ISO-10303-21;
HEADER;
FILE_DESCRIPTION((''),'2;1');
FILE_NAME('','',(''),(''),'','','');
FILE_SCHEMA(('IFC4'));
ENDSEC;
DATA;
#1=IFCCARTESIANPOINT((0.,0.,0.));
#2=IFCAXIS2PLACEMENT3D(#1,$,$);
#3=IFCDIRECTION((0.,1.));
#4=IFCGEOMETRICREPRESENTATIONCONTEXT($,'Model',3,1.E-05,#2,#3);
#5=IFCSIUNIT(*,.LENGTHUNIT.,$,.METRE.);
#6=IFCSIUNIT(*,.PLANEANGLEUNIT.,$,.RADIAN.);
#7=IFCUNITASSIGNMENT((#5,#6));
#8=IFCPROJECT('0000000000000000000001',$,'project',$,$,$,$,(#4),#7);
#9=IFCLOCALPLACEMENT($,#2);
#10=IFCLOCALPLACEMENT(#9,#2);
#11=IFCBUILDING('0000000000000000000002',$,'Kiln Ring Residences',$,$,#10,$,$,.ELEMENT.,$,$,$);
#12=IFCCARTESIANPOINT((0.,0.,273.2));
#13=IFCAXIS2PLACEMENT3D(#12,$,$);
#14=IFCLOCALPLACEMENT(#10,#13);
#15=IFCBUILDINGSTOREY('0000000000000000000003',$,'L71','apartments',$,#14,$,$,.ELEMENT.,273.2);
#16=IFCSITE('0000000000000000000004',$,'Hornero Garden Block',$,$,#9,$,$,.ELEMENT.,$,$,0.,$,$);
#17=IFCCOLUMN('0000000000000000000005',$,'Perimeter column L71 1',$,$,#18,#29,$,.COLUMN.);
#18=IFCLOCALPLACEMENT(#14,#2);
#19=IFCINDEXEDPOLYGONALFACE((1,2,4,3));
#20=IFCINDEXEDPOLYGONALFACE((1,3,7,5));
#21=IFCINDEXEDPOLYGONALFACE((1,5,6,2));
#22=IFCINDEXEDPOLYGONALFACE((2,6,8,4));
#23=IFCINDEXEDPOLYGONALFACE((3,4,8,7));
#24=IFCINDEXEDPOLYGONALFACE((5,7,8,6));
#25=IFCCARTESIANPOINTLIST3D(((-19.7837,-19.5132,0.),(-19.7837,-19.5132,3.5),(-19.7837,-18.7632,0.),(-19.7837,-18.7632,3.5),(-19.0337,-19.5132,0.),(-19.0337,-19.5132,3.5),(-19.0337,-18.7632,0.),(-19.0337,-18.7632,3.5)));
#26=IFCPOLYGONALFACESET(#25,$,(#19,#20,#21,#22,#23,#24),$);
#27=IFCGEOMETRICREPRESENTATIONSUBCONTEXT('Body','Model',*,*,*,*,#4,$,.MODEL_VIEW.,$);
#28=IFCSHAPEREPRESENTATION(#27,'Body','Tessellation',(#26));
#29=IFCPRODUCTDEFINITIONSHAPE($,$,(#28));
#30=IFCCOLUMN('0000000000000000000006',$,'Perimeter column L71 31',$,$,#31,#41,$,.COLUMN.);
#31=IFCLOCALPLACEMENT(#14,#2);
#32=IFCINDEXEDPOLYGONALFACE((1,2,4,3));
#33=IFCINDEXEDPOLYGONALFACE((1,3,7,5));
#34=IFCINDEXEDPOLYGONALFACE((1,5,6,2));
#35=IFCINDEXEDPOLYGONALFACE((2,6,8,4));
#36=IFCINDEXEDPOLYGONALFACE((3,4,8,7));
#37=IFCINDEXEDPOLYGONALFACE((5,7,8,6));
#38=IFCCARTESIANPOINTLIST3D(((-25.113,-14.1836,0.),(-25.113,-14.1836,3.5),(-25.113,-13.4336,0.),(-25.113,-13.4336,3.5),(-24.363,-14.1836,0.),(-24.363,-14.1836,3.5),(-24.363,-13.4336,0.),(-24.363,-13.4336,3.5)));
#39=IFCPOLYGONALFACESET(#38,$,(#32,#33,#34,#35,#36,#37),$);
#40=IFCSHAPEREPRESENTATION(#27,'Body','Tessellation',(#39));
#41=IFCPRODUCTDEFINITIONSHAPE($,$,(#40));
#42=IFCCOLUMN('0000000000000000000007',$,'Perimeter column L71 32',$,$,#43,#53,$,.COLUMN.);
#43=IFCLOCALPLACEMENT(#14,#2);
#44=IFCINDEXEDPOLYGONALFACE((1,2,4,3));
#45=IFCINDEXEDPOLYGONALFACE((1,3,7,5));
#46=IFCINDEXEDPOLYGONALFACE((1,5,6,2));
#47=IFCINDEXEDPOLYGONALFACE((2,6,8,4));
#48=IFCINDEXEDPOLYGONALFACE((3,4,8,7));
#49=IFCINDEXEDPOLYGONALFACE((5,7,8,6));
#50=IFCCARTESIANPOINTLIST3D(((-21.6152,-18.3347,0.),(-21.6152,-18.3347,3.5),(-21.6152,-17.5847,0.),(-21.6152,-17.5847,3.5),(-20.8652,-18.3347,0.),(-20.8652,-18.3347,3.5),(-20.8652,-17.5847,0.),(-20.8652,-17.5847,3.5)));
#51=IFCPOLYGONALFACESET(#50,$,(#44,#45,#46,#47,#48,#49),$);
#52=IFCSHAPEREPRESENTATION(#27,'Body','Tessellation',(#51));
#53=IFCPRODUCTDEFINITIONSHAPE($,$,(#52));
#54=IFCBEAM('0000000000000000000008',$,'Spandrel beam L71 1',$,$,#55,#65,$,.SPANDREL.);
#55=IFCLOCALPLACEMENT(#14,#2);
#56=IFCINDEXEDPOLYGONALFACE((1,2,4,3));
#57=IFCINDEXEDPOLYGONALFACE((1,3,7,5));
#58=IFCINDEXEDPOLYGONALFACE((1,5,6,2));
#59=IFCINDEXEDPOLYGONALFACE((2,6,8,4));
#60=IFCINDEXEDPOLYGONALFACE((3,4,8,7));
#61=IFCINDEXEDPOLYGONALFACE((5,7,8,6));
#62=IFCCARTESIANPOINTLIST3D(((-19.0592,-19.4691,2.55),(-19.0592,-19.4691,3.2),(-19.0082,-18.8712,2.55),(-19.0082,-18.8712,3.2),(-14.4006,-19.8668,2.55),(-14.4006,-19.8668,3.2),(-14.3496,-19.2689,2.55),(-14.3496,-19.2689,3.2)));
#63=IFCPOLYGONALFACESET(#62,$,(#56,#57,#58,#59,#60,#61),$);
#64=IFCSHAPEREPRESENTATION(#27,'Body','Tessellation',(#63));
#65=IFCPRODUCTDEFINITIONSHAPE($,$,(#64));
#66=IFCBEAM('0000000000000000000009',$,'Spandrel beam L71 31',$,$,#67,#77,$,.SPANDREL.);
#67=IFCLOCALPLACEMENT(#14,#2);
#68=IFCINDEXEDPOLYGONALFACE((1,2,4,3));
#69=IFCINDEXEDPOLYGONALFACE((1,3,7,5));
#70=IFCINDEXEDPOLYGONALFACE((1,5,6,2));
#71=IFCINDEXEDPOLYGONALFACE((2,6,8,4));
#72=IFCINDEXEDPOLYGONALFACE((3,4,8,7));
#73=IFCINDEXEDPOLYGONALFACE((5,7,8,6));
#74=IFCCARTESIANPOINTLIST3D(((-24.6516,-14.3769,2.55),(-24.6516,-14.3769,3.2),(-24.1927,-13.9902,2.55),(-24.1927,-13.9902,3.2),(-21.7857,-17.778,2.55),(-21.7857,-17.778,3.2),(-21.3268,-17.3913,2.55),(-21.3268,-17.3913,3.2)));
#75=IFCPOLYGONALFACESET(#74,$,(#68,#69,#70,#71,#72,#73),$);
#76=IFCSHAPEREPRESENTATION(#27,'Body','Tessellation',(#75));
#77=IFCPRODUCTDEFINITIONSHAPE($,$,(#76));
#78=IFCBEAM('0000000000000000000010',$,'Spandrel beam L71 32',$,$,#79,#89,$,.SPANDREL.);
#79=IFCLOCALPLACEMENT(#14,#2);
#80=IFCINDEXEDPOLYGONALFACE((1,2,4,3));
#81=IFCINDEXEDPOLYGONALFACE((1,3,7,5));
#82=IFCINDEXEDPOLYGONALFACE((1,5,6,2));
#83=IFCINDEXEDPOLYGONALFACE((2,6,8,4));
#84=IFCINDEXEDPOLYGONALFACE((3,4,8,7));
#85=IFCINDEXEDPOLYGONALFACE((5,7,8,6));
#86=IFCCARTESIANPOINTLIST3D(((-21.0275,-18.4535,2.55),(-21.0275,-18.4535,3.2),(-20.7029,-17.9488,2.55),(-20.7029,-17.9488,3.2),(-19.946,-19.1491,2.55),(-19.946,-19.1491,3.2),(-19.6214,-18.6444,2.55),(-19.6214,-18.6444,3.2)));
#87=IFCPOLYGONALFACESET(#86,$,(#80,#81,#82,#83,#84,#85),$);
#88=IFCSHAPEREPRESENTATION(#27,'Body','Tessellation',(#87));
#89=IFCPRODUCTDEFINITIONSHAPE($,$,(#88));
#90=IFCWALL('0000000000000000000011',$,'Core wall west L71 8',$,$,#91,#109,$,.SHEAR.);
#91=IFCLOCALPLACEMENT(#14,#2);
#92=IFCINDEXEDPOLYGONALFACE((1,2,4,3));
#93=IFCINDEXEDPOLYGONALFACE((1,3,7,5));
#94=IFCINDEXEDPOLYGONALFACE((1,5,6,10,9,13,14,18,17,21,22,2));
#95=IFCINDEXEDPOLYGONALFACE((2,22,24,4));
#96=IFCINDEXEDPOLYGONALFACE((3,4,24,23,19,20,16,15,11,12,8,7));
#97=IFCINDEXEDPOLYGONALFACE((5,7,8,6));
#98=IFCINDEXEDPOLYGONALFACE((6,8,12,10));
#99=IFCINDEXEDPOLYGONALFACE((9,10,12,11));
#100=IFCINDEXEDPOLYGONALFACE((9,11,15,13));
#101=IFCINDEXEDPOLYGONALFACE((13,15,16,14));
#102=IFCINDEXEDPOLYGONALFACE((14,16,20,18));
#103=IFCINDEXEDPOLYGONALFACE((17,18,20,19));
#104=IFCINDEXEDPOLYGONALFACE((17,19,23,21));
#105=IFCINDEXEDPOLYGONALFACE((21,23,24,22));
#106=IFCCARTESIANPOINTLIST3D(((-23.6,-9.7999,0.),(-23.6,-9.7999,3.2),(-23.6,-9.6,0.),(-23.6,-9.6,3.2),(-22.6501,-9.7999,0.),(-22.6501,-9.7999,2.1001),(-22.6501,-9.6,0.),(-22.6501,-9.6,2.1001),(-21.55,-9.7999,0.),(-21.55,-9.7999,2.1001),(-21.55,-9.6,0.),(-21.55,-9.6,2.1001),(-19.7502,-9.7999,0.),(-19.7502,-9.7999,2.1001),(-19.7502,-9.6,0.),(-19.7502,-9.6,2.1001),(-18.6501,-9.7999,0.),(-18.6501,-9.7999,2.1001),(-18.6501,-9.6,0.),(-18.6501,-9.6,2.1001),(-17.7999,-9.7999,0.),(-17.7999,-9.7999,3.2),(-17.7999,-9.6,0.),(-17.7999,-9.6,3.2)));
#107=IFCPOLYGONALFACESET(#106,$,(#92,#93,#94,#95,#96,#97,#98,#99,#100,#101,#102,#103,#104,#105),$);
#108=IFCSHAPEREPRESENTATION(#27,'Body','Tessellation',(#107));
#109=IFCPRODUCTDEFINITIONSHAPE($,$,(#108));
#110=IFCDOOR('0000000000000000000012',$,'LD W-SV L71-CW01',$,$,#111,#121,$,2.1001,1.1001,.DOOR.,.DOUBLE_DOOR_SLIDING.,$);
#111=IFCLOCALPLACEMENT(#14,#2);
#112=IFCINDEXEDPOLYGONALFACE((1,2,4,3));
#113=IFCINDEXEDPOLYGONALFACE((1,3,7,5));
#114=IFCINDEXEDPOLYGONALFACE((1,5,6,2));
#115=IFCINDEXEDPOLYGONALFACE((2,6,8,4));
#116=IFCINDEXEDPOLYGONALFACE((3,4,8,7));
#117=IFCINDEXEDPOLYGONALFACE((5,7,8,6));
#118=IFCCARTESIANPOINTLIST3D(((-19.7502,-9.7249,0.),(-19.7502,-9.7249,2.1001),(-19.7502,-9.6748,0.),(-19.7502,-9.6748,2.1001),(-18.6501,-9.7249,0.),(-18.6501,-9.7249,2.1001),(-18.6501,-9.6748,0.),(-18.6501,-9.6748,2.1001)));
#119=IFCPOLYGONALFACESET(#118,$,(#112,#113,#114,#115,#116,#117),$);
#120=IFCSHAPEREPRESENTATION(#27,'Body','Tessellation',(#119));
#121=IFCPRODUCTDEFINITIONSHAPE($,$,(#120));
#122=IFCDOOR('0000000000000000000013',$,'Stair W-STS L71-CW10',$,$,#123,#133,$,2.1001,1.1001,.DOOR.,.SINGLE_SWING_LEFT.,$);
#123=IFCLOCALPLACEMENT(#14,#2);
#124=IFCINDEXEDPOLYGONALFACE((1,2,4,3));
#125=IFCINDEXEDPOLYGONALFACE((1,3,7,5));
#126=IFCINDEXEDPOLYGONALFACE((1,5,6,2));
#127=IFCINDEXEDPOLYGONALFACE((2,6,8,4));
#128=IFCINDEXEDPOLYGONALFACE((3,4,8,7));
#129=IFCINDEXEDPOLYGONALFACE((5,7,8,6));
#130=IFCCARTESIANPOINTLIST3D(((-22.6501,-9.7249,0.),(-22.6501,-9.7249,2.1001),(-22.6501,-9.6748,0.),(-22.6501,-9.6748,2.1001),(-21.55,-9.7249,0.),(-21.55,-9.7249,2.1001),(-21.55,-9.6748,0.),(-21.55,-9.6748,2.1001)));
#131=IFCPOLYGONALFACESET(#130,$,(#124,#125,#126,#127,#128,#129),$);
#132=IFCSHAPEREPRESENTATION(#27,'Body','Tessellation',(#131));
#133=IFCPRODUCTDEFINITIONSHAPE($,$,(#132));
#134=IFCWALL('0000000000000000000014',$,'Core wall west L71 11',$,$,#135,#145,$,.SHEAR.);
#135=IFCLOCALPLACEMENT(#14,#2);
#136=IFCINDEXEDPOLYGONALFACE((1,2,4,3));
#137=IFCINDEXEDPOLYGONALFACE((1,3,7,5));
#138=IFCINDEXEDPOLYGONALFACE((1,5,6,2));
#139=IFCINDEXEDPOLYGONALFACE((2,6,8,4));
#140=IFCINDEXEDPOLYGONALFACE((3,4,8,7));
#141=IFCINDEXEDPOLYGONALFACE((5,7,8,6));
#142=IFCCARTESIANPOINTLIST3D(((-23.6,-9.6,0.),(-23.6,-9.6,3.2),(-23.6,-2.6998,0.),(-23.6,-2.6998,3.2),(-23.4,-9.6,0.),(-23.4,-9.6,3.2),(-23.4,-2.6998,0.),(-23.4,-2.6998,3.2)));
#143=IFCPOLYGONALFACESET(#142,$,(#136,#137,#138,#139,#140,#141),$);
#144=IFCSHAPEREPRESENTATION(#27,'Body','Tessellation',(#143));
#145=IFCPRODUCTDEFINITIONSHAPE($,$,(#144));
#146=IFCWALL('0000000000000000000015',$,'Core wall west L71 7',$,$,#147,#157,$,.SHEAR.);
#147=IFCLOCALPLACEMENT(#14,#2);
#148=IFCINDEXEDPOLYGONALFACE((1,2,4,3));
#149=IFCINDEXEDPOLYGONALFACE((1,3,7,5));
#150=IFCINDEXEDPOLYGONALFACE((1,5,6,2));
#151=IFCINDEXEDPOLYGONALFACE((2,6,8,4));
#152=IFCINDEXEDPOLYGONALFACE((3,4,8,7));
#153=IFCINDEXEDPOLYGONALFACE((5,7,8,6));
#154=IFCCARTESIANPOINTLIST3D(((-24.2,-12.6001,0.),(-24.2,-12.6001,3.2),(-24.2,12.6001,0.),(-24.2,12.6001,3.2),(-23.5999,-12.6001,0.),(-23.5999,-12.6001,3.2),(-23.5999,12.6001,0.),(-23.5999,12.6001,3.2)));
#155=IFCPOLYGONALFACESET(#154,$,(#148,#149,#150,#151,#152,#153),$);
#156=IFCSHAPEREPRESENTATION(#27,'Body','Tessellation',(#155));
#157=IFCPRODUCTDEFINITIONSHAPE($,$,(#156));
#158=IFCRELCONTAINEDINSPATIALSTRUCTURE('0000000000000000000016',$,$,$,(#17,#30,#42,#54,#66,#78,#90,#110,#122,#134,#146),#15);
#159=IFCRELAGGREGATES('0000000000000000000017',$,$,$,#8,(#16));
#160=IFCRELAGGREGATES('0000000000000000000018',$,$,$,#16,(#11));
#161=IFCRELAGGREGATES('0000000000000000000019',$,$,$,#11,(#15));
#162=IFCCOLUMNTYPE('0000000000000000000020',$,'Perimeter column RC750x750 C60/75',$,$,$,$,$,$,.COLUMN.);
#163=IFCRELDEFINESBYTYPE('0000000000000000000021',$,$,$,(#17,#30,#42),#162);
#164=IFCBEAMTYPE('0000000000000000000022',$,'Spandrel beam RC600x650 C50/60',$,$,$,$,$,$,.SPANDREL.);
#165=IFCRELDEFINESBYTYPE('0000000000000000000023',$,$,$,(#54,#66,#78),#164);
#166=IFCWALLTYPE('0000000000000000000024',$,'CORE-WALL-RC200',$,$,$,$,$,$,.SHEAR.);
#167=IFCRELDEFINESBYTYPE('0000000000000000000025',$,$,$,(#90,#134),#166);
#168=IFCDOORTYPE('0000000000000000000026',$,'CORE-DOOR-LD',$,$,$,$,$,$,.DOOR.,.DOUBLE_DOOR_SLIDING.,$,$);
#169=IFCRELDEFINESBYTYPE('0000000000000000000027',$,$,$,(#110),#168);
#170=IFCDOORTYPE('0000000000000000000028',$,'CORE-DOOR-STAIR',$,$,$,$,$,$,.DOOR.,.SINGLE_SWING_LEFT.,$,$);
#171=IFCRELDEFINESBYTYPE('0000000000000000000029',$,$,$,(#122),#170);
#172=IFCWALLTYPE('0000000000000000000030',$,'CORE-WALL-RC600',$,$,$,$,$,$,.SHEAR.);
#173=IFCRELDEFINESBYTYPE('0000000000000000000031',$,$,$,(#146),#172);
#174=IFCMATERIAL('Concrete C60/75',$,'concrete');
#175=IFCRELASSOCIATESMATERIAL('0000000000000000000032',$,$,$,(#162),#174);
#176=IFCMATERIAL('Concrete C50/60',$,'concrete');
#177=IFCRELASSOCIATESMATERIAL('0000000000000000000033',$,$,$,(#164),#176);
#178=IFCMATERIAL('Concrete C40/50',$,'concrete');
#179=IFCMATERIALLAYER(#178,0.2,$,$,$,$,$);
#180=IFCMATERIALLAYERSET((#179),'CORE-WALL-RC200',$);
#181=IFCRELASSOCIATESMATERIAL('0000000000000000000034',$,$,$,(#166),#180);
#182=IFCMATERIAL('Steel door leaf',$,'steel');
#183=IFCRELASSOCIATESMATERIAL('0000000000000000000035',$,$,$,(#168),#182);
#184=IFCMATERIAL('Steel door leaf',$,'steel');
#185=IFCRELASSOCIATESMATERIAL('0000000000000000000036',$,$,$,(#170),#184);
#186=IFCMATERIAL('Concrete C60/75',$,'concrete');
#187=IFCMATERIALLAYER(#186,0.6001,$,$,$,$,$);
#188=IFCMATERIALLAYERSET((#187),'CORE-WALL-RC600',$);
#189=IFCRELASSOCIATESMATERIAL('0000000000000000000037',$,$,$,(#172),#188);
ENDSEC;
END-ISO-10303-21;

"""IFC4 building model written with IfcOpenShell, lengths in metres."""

from ifc_helpers import new_model, si_unit, direction, frame, frame_2d, origin, origin_2d, place, context, subcontext, project, spatial, rectangle, extrude, material, layer, layer_set, material_profile, profile_set, type_object, element, fill, save


model = new_model("IFC4")

# Units and contexts
model_context = context("Model", 3, precision=1e-05, world=origin(), true_north=direction((0.0, 1.0)))
body_context = subcontext(model_context, "Body", "Model", "MODEL_VIEW")
ifc_project = project(units=[si_unit("LENGTHUNIT", "METRE"), si_unit("PLANEANGLEUNIT", "RADIAN")], contexts=[model_context])

# Site, building, storey
site_placement = place(None, origin())
site = spatial("IfcSite", under=ifc_project, at=site_placement, Name="Hornero Garden Block", CompositionType="ELEMENT", RefElevation=0.0)
building_placement = place(site_placement, origin())
building = spatial("IfcBuilding", under=site, at=building_placement, Name="Kiln Ring Residences", CompositionType="ELEMENT")
storey_placement = place(building_placement, frame((0.0, 0.0, 273.2)))
storey = spatial("IfcBuildingStorey", under=building, at=storey_placement, Name="L71", Description="apartments", CompositionType="ELEMENT", Elevation=273.2)

# Columns
ifc_material_1 = material(Name="Concrete C60/75", Category="concrete")
ifc_material_profile_1 = material_profile(ifc_material_1, rectangle(XDim=0.75, YDim=0.75, at=origin_2d()), Name="RC750x750")
ifc_profile_set_1 = profile_set([ifc_material_profile_1], Name="Concrete C60/75")
column_type = type_object("IfcColumnType", Name="Perimeter column RC750x750 C60/75", PredefinedType="COLUMN", material=ifc_profile_set_1)
for number, where, z_axis, x_axis, name in (
    (1, (-19.4087, -19.1382, 0.0), (0.0, 0.0, 1.0), (1.0, 0.0, 0.0), "Perimeter column L71 1"),
    (2, (-24.738, -13.8086, 0.0), (0.0, 0.0, 1.0), (1.0, 0.0, 0.0), "Perimeter column L71 31"),
    (3, (-21.2402, -17.9597, 0.0), (0.0, 0.0, 1.0), (1.0, 0.0, 0.0), "Perimeter column L71 32"),
):
    element("IfcColumn", number, at=place(storey_placement, frame(where, z_axis=z_axis, x_axis=x_axis)), inside=storey, type_object=column_type, Name=name, PredefinedType="COLUMN", context=body_context, shape_type="SweptSolid", body=[
        extrude(rectangle(XDim=0.75, YDim=0.75, at=origin_2d()), origin(), (0.0, 0.0, 1.0), 3.5),
    ])

# Beams
ifc_material_2 = material(Name="Concrete C50/60", Category="concrete")
ifc_material_profile_2 = material_profile(ifc_material_2, rectangle(XDim=0.6001, YDim=0.6499, at=origin_2d()), Name="RC600x650")
ifc_profile_set_2 = profile_set([ifc_material_profile_2], Name="Concrete C50/60")
beam_type = type_object("IfcBeamType", Name="Spandrel beam RC600x650 C50/60", PredefinedType="SPANDREL", material=ifc_profile_set_2)
beam_1_placement = place(storey_placement, frame((-19.0337, -19.1702, 2.875), z_axis=(0.996376, -0.085059, 0.0), x_axis=(0.085059, 0.996376, 0.0)))
element("IfcBeam", 4, at=beam_1_placement, inside=storey, type_object=beam_type, Name="Spandrel beam L71 1", PredefinedType="SPANDREL", context=body_context, shape_type="SweptSolid", body=[
    extrude(rectangle(XDim=0.6001, YDim=0.6499, at=origin_2d()), origin(), (0.0, 0.0, 1.0), 4.6755),
])
beam_2_placement = place(storey_placement, frame((-24.4221, -14.1836, 2.875), z_axis=(0.644381, -0.764705, 0.0), x_axis=(0.764705, 0.644381, 0.0)))
element("IfcBeam", 5, at=beam_2_placement, inside=storey, type_object=beam_type, Name="Spandrel beam L71 31", PredefinedType="SPANDREL", context=body_context, shape_type="SweptSolid", body=[
    extrude(rectangle(XDim=0.6001, YDim=0.6499, at=origin_2d()), origin(), (0.0, 0.0, 1.0), 4.4475),
])
beam_3_placement = place(storey_placement, frame((-20.8652, -18.2012, 2.875), z_axis=(0.84108, -0.540911, 0.0), x_axis=(0.540911, 0.84108, 0.0)))
element("IfcBeam", 6, at=beam_3_placement, inside=storey, type_object=beam_type, Name="Spandrel beam L71 32", PredefinedType="SPANDREL", context=body_context, shape_type="SweptSolid", body=[
    extrude(rectangle(XDim=0.6001, YDim=0.6499, at=origin_2d()), origin(), (0.0, 0.0, 1.0), 1.2859),
])

# Wall, openings, doors
ifc_material_3 = material(Name="Concrete C40/50", Category="concrete")
ifc_layer_1 = layer(ifc_material_3, 0.2)
ifc_layer_set_1 = layer_set([ifc_layer_1], Name="CORE-WALL-RC200")
wall_type_1 = type_object("IfcWallType", Name="CORE-WALL-RC200", PredefinedType="SHEAR", material=ifc_layer_set_1)
wall_1_placement = place(storey_placement, frame((-17.8, -9.7, 0.0), z_axis=(0.0, 0.0, 1.0), x_axis=(-1.0, 0.0, 0.0)))
wall_1 = element("IfcWall", 7, at=wall_1_placement, inside=storey, type_object=wall_type_1, Name="Core wall west L71 8", PredefinedType="SHEAR", context=body_context, shape_type="SweptSolid", body=[
    extrude(rectangle(XDim=5.8, YDim=0.2, at=frame_2d((2.8999, 0.0))), origin(), (0.0, 0.0, 1.0), 3.2),
])
opening_1_placement = place(wall_1_placement, frame((0.8501, 0.0, 0.0)))
opening_1 = element("IfcOpeningElement", 8, at=opening_1_placement, cuts=wall_1, PredefinedType="OPENING", context=body_context, shape_type="SweptSolid", body=[
    extrude(rectangle(XDim=1.1001, YDim=2.1001, at=frame_2d((0.55, 1.05))), frame((0.0, 0.1099, 0.0), z_axis=(0.0, -1.0, 0.0), x_axis=(1.0, 0.0, 0.0)), (0.0, 0.0, 1.0), 0.22),
])
opening_2_placement = place(wall_1_placement, frame((3.75, 0.0, 0.0)))
opening_2 = element("IfcOpeningElement", 9, at=opening_2_placement, cuts=wall_1, PredefinedType="OPENING", context=body_context, shape_type="SweptSolid", body=[
    extrude(rectangle(XDim=1.1001, YDim=2.1001, at=frame_2d((0.55, 1.05))), frame((0.0, 0.1099, 0.0), z_axis=(0.0, -1.0, 0.0), x_axis=(1.0, 0.0, 0.0)), (0.0, 0.0, 1.0), 0.22),
])
ifc_material_4 = material(Name="Steel door leaf", Category="steel")
door_type_1 = type_object("IfcDoorType", Name="CORE-DOOR-LD", OperationType="DOUBLE_DOOR_SLIDING", PredefinedType="DOOR", material=ifc_material_4)
door_1_placement = place(opening_1_placement, origin())
door_1 = element("IfcDoor", 10, at=door_1_placement, inside=storey, type_object=door_type_1, Name="LD W-SV L71-CW01", OperationType="DOUBLE_DOOR_SLIDING", OverallHeight=2.1001, OverallWidth=1.1001, PredefinedType="DOOR", context=body_context, shape_type="SweptSolid", body=[
    extrude(rectangle(XDim=1.1001, YDim=2.1001, at=frame_2d((0.55, 1.05))), frame((0.0, 0.0249, 0.0), z_axis=(0.0, -1.0, 0.0), x_axis=(1.0, 0.0, 0.0)), (0.0, 0.0, 1.0), 0.05),
])
fill(opening_1, door_1)
ifc_material_5 = material(Name="Steel door leaf", Category="steel")
door_type_2 = type_object("IfcDoorType", Name="CORE-DOOR-STAIR", OperationType="SINGLE_SWING_LEFT", PredefinedType="DOOR", material=ifc_material_5)
door_2_placement = place(opening_2_placement, origin())
door_2 = element("IfcDoor", 11, at=door_2_placement, inside=storey, type_object=door_type_2, Name="Stair W-STS L71-CW10", OperationType="SINGLE_SWING_LEFT", OverallHeight=2.1001, OverallWidth=1.1001, PredefinedType="DOOR", context=body_context, shape_type="SweptSolid", body=[
    extrude(rectangle(XDim=1.1001, YDim=2.1001, at=frame_2d((0.55, 1.05))), frame((0.0, 0.0249, 0.0), z_axis=(0.0, -1.0, 0.0), x_axis=(1.0, 0.0, 0.0)), (0.0, 0.0, 1.0), 0.05),
])
fill(opening_2, door_2)

# Walls
wall_2_placement = place(storey_placement, frame((-23.5, -9.6001, 0.0), z_axis=(0.0, 0.0, 1.0), x_axis=(0.0, 1.0, 0.0)))
element("IfcWall", 12, at=wall_2_placement, inside=storey, type_object=wall_type_1, Name="Core wall west L71 11", PredefinedType="SHEAR", context=body_context, shape_type="SweptSolid", body=[
    extrude(rectangle(XDim=6.9001, YDim=0.2, at=frame_2d((3.4502, 0.0))), origin(), (0.0, 0.0, 1.0), 3.2),
])
ifc_material_6 = material(Name="Concrete C60/75", Category="concrete")
ifc_layer_2 = layer(ifc_material_6, 0.6001)
ifc_layer_set_2 = layer_set([ifc_layer_2], Name="CORE-WALL-RC600")
wall_type_2 = type_object("IfcWallType", Name="CORE-WALL-RC600", PredefinedType="SHEAR", material=ifc_layer_set_2)
wall_3_placement = place(storey_placement, frame((-23.8999, -12.6001, 0.0), z_axis=(0.0, 0.0, 1.0), x_axis=(0.0, 1.0, 0.0)))
element("IfcWall", 13, at=wall_3_placement, inside=storey, type_object=wall_type_2, Name="Core wall west L71 7", PredefinedType="SHEAR", context=body_context, shape_type="SweptSolid", body=[
    extrude(rectangle(XDim=25.2002, YDim=0.6001, at=frame_2d((12.6001, 0.0))), origin(), (0.0, 0.0, 1.0), 3.2),
])

save(model, "model.ifc")
